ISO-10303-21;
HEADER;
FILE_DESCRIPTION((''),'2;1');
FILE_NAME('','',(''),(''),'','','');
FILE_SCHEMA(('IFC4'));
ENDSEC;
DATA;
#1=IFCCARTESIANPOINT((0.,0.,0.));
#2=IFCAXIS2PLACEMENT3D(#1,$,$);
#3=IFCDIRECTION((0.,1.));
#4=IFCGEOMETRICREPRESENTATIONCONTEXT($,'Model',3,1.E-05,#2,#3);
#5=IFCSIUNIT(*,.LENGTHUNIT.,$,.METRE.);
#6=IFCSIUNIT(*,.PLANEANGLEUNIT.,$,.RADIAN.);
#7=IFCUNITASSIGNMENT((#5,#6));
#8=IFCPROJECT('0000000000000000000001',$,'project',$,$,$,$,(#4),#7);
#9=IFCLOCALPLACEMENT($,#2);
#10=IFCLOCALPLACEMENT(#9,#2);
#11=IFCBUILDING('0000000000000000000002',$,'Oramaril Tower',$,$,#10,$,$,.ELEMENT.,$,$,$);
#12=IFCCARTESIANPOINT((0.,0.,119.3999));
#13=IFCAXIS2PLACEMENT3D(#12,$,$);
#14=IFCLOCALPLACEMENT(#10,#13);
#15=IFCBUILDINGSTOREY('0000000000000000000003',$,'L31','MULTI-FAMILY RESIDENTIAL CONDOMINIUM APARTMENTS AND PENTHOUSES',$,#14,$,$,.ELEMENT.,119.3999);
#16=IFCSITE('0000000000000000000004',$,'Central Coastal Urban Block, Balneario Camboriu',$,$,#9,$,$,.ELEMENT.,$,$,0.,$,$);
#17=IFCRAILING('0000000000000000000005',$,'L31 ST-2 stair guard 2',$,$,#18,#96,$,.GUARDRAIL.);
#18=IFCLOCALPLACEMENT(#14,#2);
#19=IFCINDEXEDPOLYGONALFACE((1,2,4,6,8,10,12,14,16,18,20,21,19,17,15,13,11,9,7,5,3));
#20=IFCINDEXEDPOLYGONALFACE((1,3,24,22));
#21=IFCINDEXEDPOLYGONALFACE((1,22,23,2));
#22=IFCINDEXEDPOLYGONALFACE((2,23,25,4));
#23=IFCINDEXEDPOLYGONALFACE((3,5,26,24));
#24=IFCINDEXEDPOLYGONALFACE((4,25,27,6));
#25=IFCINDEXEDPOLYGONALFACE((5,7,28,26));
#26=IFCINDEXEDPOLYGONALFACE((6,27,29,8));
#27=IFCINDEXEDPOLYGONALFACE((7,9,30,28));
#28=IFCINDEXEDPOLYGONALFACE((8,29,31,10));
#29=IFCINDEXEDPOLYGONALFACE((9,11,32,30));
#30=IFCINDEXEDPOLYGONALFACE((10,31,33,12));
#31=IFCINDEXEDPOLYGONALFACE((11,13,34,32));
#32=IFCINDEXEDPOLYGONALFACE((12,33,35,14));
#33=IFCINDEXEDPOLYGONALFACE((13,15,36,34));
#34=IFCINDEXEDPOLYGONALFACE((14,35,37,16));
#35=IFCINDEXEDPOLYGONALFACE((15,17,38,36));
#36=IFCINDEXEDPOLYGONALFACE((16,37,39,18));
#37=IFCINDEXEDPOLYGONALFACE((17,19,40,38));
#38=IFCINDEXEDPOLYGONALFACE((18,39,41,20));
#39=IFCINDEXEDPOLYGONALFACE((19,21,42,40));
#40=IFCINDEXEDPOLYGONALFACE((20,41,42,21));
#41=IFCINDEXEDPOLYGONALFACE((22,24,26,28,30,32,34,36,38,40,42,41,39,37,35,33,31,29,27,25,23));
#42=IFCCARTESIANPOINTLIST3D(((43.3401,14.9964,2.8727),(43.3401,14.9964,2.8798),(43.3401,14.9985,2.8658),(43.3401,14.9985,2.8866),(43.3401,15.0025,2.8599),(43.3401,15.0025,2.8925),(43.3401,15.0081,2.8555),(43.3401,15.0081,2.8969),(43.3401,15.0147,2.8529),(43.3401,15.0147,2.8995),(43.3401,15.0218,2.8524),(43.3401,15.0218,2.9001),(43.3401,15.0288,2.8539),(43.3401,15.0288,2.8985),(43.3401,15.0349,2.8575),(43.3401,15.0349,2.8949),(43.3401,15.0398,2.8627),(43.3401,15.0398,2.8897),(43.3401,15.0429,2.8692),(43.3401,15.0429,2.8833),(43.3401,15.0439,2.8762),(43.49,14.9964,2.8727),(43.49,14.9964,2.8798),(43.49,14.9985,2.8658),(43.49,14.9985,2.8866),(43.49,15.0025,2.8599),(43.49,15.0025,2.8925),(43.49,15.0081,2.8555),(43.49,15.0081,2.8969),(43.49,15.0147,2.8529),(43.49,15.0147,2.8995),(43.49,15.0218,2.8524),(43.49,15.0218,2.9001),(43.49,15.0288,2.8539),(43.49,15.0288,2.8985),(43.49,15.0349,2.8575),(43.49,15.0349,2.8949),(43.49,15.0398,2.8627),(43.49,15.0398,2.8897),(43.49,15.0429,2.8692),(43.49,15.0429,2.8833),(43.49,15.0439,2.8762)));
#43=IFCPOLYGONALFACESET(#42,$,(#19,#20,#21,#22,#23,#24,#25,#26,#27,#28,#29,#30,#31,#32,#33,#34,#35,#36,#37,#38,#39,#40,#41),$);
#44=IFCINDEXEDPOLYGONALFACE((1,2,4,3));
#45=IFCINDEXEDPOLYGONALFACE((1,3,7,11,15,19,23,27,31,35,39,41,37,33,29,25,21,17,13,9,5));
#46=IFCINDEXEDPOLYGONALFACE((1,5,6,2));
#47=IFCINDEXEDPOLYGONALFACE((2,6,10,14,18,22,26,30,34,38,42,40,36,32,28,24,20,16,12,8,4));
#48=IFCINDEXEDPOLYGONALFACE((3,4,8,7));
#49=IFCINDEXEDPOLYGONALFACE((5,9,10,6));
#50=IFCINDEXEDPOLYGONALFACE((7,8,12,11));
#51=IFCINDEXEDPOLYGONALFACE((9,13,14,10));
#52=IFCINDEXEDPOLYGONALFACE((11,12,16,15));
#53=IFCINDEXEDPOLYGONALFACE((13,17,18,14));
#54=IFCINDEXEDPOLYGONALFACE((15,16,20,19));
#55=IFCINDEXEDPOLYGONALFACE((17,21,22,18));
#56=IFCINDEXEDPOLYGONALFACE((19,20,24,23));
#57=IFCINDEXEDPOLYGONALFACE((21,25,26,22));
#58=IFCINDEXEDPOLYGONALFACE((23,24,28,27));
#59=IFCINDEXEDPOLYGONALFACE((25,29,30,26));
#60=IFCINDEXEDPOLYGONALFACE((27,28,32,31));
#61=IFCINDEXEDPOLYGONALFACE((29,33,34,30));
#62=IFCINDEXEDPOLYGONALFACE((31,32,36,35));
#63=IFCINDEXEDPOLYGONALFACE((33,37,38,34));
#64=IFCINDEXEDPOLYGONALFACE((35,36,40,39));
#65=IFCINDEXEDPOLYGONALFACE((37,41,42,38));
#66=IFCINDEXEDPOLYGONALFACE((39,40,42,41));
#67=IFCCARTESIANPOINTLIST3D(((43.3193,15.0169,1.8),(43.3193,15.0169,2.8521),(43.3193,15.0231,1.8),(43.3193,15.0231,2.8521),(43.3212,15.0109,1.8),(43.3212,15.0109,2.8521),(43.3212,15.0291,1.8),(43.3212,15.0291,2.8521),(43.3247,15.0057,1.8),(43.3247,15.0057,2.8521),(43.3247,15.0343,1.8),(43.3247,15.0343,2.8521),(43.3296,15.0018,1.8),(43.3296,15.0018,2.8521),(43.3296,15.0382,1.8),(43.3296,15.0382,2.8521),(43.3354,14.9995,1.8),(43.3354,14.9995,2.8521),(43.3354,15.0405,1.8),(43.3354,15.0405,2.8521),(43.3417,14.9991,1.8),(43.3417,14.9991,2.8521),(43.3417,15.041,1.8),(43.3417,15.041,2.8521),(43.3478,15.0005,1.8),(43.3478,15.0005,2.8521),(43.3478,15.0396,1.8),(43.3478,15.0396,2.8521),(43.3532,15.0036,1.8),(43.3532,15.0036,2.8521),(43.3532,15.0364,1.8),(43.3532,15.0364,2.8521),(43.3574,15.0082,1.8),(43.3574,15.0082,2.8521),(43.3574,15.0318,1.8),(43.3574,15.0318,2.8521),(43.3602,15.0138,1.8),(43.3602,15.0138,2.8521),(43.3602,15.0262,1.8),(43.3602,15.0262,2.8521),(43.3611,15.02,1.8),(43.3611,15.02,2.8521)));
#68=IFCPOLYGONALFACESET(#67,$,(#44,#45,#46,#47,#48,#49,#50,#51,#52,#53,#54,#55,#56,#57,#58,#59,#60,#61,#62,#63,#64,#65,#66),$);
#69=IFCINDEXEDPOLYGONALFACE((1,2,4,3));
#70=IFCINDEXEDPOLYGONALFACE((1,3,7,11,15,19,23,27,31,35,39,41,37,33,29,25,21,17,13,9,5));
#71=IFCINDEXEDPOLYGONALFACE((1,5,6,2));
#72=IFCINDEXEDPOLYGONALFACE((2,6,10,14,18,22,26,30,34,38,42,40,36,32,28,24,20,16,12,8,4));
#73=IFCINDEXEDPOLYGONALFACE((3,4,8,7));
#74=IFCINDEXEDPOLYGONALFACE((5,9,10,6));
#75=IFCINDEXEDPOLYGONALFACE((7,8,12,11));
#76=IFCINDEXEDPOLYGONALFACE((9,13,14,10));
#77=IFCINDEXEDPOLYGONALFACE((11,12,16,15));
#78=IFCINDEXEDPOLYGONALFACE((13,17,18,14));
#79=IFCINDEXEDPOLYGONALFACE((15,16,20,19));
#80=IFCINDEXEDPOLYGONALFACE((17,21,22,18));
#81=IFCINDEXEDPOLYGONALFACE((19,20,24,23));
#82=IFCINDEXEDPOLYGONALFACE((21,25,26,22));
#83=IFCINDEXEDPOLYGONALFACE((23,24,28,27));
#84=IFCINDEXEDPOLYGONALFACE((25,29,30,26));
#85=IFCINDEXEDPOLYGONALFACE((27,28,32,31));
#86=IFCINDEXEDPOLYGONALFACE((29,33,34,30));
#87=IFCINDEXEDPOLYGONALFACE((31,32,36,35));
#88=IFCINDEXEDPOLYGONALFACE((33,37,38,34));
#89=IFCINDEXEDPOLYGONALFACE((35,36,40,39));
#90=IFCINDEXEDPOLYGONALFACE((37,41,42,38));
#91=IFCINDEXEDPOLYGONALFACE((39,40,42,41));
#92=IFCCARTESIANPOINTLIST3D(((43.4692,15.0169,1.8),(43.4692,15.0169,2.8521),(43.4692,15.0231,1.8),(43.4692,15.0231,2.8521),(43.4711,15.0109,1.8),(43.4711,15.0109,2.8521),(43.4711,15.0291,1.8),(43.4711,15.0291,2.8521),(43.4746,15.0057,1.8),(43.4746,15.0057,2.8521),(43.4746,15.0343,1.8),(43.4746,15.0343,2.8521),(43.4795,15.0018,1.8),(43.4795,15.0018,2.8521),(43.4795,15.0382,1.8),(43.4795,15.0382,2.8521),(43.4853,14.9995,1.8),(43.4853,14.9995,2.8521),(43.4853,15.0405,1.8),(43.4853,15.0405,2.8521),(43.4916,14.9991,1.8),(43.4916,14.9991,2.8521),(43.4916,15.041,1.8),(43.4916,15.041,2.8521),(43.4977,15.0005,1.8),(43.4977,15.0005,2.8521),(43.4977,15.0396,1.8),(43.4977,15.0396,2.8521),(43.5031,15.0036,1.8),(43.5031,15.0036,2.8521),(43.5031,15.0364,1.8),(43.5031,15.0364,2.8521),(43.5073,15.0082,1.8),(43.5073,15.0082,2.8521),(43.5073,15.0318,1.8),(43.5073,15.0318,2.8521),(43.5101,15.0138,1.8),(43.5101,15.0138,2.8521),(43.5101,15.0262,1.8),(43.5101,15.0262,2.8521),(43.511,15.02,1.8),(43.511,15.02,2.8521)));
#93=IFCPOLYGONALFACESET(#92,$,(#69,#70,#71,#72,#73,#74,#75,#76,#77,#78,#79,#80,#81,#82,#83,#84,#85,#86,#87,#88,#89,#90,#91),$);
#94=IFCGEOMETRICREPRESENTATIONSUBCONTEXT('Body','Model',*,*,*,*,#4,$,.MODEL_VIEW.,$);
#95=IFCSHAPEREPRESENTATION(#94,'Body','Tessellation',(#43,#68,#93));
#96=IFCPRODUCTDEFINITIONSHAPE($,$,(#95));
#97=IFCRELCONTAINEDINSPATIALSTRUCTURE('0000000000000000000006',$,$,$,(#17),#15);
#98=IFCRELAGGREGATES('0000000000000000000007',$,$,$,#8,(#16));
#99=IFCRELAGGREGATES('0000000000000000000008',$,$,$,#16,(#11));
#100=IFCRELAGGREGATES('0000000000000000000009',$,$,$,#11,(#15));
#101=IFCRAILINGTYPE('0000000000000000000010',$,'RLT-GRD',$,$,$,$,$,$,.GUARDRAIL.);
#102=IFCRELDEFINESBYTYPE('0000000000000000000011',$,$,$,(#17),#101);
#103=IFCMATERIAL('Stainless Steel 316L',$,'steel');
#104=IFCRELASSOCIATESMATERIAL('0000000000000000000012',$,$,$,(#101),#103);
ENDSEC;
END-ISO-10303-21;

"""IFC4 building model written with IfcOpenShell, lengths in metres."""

from ifc_helpers import new_model, si_unit, direction, frame, origin, origin_2d, place, context, subcontext, project, spatial, circle, extrude, material, type_object, element, save


model = new_model("IFC4")

# Units and contexts
model_context = context("Model", 3, precision=1e-05, world=origin(), true_north=direction((0.0, 1.0)))
body_context = subcontext(model_context, "Body", "Model", "MODEL_VIEW")
ifc_project = project(units=[si_unit("LENGTHUNIT", "METRE"), si_unit("PLANEANGLEUNIT", "RADIAN")], contexts=[model_context])

# Site, building, storey
site_placement = place(None, origin())
site = spatial("IfcSite", under=ifc_project, at=site_placement, Name="Central Coastal Urban Block, Balneario Camboriu", CompositionType="ELEMENT", RefElevation=0.0)
building_placement = place(site_placement, origin())
building = spatial("IfcBuilding", under=site, at=building_placement, Name="Oramaril Tower", CompositionType="ELEMENT")
storey_placement = place(building_placement, frame((0.0, 0.0, 119.3999)))
storey = spatial("IfcBuildingStorey", under=building, at=storey_placement, Name="L31", Description="MULTI-FAMILY RESIDENTIAL CONDOMINIUM APARTMENTS AND PENTHOUSES", CompositionType="ELEMENT", Elevation=119.3999)

# Railing
ifc_material_1 = material(Name="Stainless Steel 316L", Category="steel")
railing_type_1 = type_object("IfcRailingType", Name="RLT-GRD", PredefinedType="GUARDRAIL", material=ifc_material_1)
railing_1_placement = place(storey_placement, frame((43.3401, 15.02, 1.8)))
element("IfcRailing", 1, at=railing_1_placement, inside=storey, type_object=railing_type_1, Name="L31 ST-2 stair guard 2", PredefinedType="GUARDRAIL", context=body_context, shape_type="SweptSolid", body=[
    extrude(circle(Radius=0.0239, at=origin_2d()), frame((0.0, 0.0, 1.0762), z_axis=(1.0, 0.0, 0.0), x_axis=(0.0, 1.0, 0.0)), (0.0, 0.0, 1.0), 0.1499),
    extrude(circle(Radius=0.021, at=origin_2d()), origin(), (0.0, 0.0, 1.0), 1.052),
    extrude(circle(Radius=0.021, at=origin_2d()), frame((0.1499, 0.0, 0.0)), (0.0, 0.0, 1.0), 1.052),
])

save(model, "model.ifc")
